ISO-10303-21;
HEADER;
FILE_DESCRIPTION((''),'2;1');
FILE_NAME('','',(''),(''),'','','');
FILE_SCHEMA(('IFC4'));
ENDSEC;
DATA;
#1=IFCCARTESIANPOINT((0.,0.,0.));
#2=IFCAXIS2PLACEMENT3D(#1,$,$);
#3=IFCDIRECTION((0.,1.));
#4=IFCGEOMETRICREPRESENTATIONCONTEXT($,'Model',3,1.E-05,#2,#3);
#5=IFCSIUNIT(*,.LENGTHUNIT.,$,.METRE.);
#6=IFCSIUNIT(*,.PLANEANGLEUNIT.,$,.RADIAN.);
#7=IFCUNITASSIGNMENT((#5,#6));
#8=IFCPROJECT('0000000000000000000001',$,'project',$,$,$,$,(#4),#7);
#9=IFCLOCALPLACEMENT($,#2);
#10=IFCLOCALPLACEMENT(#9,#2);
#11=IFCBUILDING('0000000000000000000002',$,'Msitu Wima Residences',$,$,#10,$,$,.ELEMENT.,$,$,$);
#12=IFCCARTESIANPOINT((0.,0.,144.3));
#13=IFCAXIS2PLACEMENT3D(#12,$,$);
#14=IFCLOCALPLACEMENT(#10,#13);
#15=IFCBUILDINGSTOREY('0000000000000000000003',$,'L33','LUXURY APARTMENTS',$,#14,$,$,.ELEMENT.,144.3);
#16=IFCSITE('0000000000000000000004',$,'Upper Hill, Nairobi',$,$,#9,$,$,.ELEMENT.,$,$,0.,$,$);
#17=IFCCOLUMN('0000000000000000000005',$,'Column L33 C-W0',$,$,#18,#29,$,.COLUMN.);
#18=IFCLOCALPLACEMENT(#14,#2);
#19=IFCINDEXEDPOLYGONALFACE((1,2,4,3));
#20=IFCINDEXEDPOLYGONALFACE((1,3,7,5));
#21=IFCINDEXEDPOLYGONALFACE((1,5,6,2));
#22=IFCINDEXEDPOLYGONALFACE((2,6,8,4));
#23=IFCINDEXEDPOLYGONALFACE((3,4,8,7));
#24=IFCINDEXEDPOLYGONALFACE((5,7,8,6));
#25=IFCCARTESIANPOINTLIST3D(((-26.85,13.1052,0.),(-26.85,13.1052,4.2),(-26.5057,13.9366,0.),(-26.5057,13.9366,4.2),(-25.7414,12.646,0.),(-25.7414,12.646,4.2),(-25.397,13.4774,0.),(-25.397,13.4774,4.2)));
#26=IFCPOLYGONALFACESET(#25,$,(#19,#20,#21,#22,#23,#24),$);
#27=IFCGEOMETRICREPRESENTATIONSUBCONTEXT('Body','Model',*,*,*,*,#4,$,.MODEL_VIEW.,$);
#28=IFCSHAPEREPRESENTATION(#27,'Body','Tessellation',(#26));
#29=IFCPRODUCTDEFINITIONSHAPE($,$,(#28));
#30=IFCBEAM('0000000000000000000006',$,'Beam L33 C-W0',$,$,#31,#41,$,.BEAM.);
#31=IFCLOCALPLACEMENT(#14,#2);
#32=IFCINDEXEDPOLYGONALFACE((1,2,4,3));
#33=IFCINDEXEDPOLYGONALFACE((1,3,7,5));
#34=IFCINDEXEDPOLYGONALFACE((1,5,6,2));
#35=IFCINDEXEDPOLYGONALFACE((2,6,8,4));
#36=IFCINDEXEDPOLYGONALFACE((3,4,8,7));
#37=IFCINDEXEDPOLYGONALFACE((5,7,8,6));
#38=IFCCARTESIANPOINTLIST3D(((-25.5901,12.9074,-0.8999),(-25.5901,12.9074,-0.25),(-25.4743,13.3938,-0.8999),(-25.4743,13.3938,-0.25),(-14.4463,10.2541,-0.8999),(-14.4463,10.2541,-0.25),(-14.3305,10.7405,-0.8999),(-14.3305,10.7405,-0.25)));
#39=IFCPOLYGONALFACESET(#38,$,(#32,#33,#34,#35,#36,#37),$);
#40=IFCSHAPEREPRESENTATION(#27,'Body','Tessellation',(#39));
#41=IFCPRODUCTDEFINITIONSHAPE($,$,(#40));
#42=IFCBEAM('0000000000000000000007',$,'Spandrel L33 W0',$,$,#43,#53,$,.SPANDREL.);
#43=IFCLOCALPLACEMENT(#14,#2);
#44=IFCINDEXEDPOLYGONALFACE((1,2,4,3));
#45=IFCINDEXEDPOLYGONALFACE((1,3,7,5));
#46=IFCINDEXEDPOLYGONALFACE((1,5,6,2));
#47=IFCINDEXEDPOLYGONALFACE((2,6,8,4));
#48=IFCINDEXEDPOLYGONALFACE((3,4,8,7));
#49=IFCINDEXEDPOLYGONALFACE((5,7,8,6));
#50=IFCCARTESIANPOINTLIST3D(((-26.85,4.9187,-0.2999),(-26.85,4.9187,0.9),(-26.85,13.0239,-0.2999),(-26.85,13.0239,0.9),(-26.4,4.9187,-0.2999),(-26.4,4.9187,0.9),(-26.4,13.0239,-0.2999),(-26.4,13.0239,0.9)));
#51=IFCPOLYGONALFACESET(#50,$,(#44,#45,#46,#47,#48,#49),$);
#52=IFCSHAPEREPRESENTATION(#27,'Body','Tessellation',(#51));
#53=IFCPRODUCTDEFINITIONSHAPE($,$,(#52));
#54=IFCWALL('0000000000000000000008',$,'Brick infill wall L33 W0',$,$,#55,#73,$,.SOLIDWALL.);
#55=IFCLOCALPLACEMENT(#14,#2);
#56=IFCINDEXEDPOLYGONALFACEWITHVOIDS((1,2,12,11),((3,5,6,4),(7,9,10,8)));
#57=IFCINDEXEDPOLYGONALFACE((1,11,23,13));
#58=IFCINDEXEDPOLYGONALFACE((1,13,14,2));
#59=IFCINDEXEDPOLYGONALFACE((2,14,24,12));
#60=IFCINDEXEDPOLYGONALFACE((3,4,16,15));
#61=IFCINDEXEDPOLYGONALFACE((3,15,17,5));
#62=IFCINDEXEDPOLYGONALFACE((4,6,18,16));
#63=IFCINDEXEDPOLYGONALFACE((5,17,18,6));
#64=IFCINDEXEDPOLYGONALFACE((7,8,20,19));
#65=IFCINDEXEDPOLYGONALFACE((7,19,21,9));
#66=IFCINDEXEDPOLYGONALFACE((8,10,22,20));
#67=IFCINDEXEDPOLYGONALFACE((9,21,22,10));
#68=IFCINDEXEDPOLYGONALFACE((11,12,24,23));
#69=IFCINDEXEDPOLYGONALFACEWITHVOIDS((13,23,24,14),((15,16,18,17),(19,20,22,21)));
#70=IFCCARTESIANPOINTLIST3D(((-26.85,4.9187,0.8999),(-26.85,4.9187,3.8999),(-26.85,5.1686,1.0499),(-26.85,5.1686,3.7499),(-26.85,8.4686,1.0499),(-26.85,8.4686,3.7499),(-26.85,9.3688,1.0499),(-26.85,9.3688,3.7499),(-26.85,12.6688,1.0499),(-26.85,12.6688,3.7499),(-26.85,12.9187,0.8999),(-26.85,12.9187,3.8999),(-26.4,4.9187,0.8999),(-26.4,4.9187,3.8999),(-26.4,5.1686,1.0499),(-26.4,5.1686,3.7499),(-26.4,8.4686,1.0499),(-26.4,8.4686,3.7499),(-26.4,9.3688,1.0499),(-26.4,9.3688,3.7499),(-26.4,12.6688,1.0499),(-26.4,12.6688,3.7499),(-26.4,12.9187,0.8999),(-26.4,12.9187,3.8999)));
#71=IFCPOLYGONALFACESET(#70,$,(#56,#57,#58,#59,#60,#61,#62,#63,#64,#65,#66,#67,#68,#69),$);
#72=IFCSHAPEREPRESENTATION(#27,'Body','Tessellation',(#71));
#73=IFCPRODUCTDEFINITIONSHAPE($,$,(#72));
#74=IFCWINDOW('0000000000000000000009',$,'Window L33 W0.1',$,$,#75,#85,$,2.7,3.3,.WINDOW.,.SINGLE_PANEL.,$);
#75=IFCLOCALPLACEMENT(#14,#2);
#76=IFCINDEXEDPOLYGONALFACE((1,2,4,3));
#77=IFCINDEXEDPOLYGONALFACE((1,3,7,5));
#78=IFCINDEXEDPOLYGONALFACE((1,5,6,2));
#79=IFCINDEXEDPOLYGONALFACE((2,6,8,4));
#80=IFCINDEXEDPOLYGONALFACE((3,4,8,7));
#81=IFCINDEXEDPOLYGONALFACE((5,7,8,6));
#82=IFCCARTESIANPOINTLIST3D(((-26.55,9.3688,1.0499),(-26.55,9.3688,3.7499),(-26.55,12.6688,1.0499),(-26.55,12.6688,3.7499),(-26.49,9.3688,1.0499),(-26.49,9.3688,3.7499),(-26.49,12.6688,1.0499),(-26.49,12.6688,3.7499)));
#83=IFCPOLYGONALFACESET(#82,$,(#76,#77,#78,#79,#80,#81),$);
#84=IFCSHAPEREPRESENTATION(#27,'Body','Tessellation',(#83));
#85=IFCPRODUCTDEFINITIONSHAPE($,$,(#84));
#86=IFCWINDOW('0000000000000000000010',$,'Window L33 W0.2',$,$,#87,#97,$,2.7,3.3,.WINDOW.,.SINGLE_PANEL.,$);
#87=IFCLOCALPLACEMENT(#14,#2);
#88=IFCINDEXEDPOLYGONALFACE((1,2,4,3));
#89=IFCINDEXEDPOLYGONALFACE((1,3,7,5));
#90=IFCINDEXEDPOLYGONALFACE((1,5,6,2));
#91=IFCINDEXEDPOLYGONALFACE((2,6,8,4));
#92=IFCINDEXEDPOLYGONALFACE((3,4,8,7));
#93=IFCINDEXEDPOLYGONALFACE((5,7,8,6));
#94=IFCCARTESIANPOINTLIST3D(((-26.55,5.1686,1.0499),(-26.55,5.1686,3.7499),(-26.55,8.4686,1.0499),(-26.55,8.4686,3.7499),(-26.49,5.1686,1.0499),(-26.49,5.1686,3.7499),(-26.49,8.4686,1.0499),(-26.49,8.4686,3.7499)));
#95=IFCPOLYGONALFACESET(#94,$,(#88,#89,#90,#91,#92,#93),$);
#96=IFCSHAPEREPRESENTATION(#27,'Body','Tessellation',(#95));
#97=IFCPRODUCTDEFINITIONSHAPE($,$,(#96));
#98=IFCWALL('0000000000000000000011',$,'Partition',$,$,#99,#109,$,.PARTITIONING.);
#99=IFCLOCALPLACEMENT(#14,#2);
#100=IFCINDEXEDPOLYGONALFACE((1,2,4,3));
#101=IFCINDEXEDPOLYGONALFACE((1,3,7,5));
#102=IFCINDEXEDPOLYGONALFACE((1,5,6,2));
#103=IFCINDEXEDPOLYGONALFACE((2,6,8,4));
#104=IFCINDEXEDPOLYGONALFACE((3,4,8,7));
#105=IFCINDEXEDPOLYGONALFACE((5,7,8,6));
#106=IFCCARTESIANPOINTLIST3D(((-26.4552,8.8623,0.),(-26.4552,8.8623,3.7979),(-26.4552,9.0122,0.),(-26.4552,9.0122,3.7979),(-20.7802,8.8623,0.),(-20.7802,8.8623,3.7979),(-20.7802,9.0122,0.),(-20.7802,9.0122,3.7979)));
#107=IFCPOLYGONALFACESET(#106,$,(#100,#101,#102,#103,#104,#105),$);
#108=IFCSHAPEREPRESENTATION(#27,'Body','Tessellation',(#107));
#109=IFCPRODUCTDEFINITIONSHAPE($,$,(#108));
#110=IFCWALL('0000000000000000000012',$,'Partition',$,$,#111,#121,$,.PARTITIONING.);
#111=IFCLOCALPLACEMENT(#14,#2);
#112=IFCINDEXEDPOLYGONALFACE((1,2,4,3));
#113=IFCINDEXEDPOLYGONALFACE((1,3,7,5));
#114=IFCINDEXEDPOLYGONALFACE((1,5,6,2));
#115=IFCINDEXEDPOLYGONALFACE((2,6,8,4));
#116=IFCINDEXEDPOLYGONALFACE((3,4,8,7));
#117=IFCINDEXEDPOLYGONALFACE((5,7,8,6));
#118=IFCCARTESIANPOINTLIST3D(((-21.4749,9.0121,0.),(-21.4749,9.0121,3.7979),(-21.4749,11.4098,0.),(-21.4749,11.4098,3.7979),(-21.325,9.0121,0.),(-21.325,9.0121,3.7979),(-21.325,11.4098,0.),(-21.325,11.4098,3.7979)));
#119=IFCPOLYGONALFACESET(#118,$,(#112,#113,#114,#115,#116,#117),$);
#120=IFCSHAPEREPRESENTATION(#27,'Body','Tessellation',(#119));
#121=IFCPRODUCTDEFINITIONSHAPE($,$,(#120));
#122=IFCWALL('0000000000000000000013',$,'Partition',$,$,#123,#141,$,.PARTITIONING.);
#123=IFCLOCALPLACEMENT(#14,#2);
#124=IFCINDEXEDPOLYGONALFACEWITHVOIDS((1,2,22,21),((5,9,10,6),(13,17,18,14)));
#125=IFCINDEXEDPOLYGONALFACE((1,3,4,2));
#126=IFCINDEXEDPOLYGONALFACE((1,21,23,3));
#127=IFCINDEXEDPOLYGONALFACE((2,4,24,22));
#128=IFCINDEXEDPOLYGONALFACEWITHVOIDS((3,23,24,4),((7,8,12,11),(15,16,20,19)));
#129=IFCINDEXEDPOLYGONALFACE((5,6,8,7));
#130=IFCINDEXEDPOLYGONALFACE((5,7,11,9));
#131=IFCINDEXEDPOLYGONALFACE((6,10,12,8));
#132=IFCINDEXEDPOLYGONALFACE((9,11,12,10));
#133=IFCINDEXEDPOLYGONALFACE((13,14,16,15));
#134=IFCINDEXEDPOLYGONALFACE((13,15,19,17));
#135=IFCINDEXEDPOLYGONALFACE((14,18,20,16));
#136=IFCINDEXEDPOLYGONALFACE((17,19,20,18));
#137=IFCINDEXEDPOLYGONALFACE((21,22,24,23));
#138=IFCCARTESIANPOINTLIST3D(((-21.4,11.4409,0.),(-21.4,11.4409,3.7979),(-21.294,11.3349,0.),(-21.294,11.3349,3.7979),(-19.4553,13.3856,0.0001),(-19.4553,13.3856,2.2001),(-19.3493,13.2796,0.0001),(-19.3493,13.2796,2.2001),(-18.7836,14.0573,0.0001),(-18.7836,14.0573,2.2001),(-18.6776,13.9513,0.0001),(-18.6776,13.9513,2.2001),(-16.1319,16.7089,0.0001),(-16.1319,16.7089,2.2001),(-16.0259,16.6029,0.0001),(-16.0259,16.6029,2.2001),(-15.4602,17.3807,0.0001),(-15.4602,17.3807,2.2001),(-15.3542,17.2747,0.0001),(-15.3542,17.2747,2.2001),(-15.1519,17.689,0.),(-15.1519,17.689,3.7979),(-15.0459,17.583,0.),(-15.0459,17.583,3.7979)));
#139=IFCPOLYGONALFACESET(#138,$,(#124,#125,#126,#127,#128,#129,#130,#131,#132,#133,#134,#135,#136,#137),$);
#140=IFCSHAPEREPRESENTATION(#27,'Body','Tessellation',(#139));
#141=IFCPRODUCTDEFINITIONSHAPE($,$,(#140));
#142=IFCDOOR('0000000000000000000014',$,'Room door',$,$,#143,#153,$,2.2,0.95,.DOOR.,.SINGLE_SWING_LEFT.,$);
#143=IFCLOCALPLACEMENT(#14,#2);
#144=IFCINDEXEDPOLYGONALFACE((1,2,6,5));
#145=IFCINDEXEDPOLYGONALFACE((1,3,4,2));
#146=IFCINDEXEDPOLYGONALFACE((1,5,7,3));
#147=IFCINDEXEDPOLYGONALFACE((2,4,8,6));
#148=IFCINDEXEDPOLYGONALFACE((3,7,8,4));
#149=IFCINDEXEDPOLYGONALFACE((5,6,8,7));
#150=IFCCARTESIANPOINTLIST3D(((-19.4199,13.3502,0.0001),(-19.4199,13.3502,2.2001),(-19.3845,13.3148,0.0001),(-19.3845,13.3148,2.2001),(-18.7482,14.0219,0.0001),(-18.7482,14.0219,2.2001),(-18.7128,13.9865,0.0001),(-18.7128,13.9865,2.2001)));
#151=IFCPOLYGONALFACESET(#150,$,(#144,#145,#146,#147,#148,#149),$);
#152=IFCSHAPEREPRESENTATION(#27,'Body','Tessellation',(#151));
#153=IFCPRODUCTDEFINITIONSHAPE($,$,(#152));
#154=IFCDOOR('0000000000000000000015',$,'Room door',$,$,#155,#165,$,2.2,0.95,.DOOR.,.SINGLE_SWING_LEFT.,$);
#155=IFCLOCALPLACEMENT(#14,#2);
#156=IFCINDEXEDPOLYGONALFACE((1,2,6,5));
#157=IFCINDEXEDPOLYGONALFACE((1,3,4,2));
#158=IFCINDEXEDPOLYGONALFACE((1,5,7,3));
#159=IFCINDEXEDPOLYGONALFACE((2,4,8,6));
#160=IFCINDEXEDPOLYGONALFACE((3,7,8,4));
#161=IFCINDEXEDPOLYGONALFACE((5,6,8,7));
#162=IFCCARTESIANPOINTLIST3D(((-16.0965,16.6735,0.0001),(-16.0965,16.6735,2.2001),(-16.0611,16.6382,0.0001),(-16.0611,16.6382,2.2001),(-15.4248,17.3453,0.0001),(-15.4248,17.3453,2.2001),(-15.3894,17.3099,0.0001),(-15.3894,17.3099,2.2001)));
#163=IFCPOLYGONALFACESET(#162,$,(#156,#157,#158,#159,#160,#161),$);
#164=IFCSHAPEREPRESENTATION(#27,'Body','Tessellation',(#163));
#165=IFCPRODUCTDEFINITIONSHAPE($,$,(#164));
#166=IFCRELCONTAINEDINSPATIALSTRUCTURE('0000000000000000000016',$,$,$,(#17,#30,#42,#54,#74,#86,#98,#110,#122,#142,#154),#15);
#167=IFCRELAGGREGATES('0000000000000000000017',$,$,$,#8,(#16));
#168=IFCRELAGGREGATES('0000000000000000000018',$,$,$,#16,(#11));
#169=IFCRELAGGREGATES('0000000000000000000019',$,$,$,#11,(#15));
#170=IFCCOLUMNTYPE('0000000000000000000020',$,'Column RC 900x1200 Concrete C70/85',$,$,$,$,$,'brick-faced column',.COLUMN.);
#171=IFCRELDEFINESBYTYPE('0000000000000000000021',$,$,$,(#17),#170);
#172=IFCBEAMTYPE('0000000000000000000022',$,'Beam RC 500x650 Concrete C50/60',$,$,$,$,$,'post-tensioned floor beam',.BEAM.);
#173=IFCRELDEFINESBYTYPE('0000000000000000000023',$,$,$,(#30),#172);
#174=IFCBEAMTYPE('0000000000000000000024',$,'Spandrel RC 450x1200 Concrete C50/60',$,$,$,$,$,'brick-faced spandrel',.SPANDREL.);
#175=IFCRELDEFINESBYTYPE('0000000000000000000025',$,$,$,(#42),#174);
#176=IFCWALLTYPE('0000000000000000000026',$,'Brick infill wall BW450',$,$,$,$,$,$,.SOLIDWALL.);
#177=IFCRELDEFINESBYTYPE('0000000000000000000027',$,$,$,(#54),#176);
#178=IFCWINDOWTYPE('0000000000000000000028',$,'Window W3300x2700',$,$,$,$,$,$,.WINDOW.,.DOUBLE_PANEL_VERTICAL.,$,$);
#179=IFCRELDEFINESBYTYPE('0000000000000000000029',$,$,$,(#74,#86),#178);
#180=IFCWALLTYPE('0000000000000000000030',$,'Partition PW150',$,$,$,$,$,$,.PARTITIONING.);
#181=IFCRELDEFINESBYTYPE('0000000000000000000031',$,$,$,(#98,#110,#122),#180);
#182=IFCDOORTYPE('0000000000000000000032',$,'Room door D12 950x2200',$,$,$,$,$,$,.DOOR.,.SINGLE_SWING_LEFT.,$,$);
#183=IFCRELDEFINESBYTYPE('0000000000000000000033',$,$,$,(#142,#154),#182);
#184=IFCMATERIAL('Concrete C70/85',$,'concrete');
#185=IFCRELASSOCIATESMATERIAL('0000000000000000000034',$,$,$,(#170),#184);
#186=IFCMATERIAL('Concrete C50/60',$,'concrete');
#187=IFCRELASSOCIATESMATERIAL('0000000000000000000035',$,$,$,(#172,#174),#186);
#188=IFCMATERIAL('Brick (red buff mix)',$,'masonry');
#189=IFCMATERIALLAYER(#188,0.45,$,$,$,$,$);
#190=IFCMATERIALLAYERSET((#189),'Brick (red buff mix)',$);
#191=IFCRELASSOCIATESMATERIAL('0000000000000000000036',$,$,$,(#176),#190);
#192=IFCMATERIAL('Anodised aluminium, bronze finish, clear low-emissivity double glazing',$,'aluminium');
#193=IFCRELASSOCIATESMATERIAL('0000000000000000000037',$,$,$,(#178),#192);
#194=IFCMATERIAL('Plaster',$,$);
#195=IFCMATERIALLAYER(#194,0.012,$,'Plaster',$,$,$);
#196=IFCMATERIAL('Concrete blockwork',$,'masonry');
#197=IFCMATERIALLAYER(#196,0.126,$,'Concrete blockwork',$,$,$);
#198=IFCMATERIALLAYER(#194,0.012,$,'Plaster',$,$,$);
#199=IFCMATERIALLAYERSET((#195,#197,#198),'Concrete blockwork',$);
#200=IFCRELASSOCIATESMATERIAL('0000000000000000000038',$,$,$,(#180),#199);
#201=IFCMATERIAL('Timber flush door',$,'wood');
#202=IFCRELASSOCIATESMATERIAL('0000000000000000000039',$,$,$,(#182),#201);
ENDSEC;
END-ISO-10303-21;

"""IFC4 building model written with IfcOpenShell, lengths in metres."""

from ifc_helpers import new_model, si_unit, direction, frame, frame_2d, origin, origin_2d, place, context, subcontext, project, spatial, rectangle, extrude, material, layer, layer_set, material_profile, profile_set, type_object, element, fill, save


model = new_model("IFC4")

# Units and contexts
model_context = context("Model", 3, precision=1e-05, world=origin(), true_north=direction((0.0, 1.0)))
body_context = subcontext(model_context, "Body", "Model", "MODEL_VIEW")
ifc_project = project(units=[si_unit("LENGTHUNIT", "METRE"), si_unit("PLANEANGLEUNIT", "RADIAN")], contexts=[model_context])

# Site, building, storey
site_placement = place(None, origin())
site = spatial("IfcSite", under=ifc_project, at=site_placement, Name="Upper Hill, Nairobi", CompositionType="ELEMENT", RefElevation=0.0)
building_placement = place(site_placement, origin())
building = spatial("IfcBuilding", under=site, at=building_placement, Name="Msitu Wima Residences", CompositionType="ELEMENT")
storey_placement = place(building_placement, frame((0.0, 0.0, 144.3)))
storey = spatial("IfcBuildingStorey", under=building, at=storey_placement, Name="L33", Description="LUXURY APARTMENTS", CompositionType="ELEMENT", Elevation=144.3)

# Column
ifc_material_1 = material(Name="Concrete C70/85", Category="concrete")
ifc_material_profile_1 = material_profile(ifc_material_1, rectangle(XDim=0.8999, YDim=1.2, at=origin_2d()), Name="RC 900x1200")
ifc_profile_set_1 = profile_set([ifc_material_profile_1], Name="Concrete C70/85")
column_type = type_object("IfcColumnType", Name="Column RC 900x1200 Concrete C70/85", ElementType="brick-faced column", PredefinedType="COLUMN", material=ifc_profile_set_1)
column_placement = place(storey_placement, frame((-26.1235, 13.2913, 0.0), z_axis=(0.0, 0.0, 1.0), x_axis=(-0.382683, -0.92388, 0.0)))
element("IfcColumn", 1, at=column_placement, inside=storey, type_object=column_type, Name="Column L33 C-W0", PredefinedType="COLUMN", context=body_context, shape_type="SweptSolid", body=[
    extrude(rectangle(XDim=0.8999, YDim=1.2, at=origin_2d()), origin(), (0.0, 0.0, 1.0), 4.2),
])

# Beams
ifc_material_2 = material(Name="Concrete C50/60", Category="concrete")
ifc_material_profile_2 = material_profile(ifc_material_2, rectangle(XDim=0.5, YDim=0.6499, at=origin_2d()), Name="RC 500x650")
ifc_profile_set_2 = profile_set([ifc_material_profile_2], Name="Concrete C50/60")
beam_type_1 = type_object("IfcBeamType", Name="Beam RC 500x650 Concrete C50/60", ElementType="post-tensioned floor beam", PredefinedType="BEAM", material=ifc_profile_set_2)
beam_1_placement = place(storey_placement, frame((-25.5322, 13.1506, -0.575), z_axis=(0.972806, -0.231623, 0.0), x_axis=(0.231623, 0.972806, 0.0)))
element("IfcBeam", 2, at=beam_1_placement, inside=storey, type_object=beam_type_1, Name="Beam L33 C-W0", PredefinedType="BEAM", context=body_context, shape_type="SweptSolid", body=[
    extrude(rectangle(XDim=0.5, YDim=0.6499, at=origin_2d()), origin(), (0.0, 0.0, 1.0), 11.4553),
])
ifc_material_profile_3 = material_profile(ifc_material_2, rectangle(XDim=0.45, YDim=1.2, at=origin_2d()), Name="RC 450x1200")
ifc_profile_set_3 = profile_set([ifc_material_profile_3], Name="Concrete C50/60")
beam_type_2 = type_object("IfcBeamType", Name="Spandrel RC 450x1200 Concrete C50/60", ElementType="brick-faced spandrel", PredefinedType="SPANDREL", material=ifc_profile_set_3)
beam_2_placement = place(storey_placement, frame((-26.625, 13.0239, 0.3), z_axis=(0.0, -1.0, 0.0), x_axis=(1.0, 0.0, 0.0)))
element("IfcBeam", 3, at=beam_2_placement, inside=storey, type_object=beam_type_2, Name="Spandrel L33 W0", PredefinedType="SPANDREL", context=body_context, shape_type="SweptSolid", body=[
    extrude(rectangle(XDim=0.45, YDim=1.2, at=origin_2d()), origin(), (0.0, 0.0, 1.0), 8.1052),
])

# Wall, openings, windows
ifc_material_3 = material(Name="Brick (red buff mix)", Category="masonry")
ifc_layer_1 = layer(ifc_material_3, 0.45)
ifc_layer_set_1 = layer_set([ifc_layer_1], Name="Brick (red buff mix)")
wall_type_1 = type_object("IfcWallType", Name="Brick infill wall BW450", PredefinedType="SOLIDWALL", material=ifc_layer_set_1)
wall_1_placement = place(storey_placement, frame((-26.625, 12.9187, 0.8999), z_axis=(0.0, 0.0, 1.0), x_axis=(0.0, -1.0, 0.0)))
wall_1 = element("IfcWall", 4, at=wall_1_placement, inside=storey, type_object=wall_type_1, Name="Brick infill wall L33 W0", PredefinedType="SOLIDWALL", context=body_context, shape_type="SweptSolid", body=[
    extrude(rectangle(XDim=8.0, YDim=0.45, at=frame_2d((4.0, 0.0))), origin(), (0.0, 0.0, 1.0), 3.0),
])
opening_1_placement = place(wall_1_placement, frame((0.25, 0.0, 0.1499)))
opening_1 = element("IfcOpeningElement", 5, at=opening_1_placement, cuts=wall_1, PredefinedType="OPENING", context=body_context, shape_type="SweptSolid", body=[
    extrude(rectangle(XDim=3.3, YDim=2.7, at=frame_2d((1.6499, 1.3501))), frame((0.0, 0.2349, 0.0), z_axis=(0.0, -1.0, 0.0), x_axis=(1.0, 0.0, 0.0)), (0.0, 0.0, 1.0), 0.47),
])
opening_2_placement = place(wall_1_placement, frame((4.4502, 0.0, 0.1499)))
opening_2 = element("IfcOpeningElement", 6, at=opening_2_placement, cuts=wall_1, PredefinedType="OPENING", context=body_context, shape_type="SweptSolid", body=[
    extrude(rectangle(XDim=3.3, YDim=2.7, at=frame_2d((1.6499, 1.3501))), frame((0.0, 0.2349, 0.0), z_axis=(0.0, -1.0, 0.0), x_axis=(1.0, 0.0, 0.0)), (0.0, 0.0, 1.0), 0.47),
])
ifc_material_4 = material(Name="Anodised aluminium, bronze finish, clear low-emissivity double glazing", Category="aluminium")
window_type = type_object("IfcWindowType", Name="Window W3300x2700", PartitioningType="DOUBLE_PANEL_VERTICAL", PredefinedType="WINDOW", material=ifc_material_4)
window_1_placement = place(opening_1_placement, origin())
window_1 = element("IfcWindow", 7, at=window_1_placement, inside=storey, type_object=window_type, Name="Window L33 W0.1", OverallHeight=2.7, OverallWidth=3.3, PartitioningType="SINGLE_PANEL", PredefinedType="WINDOW", context=body_context, shape_type="SweptSolid", body=[
    extrude(rectangle(XDim=3.3, YDim=2.7, at=frame_2d((1.6499, 1.3501))), frame((0.0, 0.135, 0.0), z_axis=(0.0, -1.0, 0.0), x_axis=(1.0, 0.0, 0.0)), (0.0, 0.0, 1.0), 0.0601),
])
fill(opening_1, window_1)
window_2_placement = place(opening_2_placement, origin())
window_2 = element("IfcWindow", 8, at=window_2_placement, inside=storey, type_object=window_type, Name="Window L33 W0.2", OverallHeight=2.7, OverallWidth=3.3, PartitioningType="SINGLE_PANEL", PredefinedType="WINDOW", context=body_context, shape_type="SweptSolid", body=[
    extrude(rectangle(XDim=3.3, YDim=2.7, at=frame_2d((1.6499, 1.3501))), frame((0.0, 0.135, 0.0), z_axis=(0.0, -1.0, 0.0), x_axis=(1.0, 0.0, 0.0)), (0.0, 0.0, 1.0), 0.0601),
])
fill(opening_2, window_2)

# Walls
ifc_material_5 = material(Name="Plaster")
ifc_layer_2 = layer(ifc_material_5, 0.012, Name="Plaster")
ifc_material_6 = material(Name="Concrete blockwork", Category="masonry")
ifc_layer_3 = layer(ifc_material_6, 0.126, Name="Concrete blockwork")
ifc_layer_4 = layer(ifc_material_5, 0.012, Name="Plaster")
ifc_layer_set_2 = layer_set([ifc_layer_2, ifc_layer_3, ifc_layer_4], Name="Concrete blockwork")
wall_type_2 = type_object("IfcWallType", Name="Partition PW150", PredefinedType="PARTITIONING", material=ifc_layer_set_2)
wall_2_placement = place(storey_placement, frame((-26.4551, 8.9373, 0.0), z_axis=(0.0, 0.0, 1.0), x_axis=(1.0, 0.0, 0.0)))
element("IfcWall", 9, at=wall_2_placement, inside=storey, type_object=wall_type_2, Name="Partition", PredefinedType="PARTITIONING", context=body_context, shape_type="SweptSolid", body=[
    extrude(rectangle(XDim=5.675, YDim=0.1499, at=frame_2d((2.8374, 0.0))), origin(), (0.0, 0.0, 1.0), 3.7979),
])
wall_3_placement = place(storey_placement, frame((-21.3999, 9.0122, 0.0), z_axis=(0.0, 0.0, 1.0), x_axis=(0.0, 1.0, 0.0)))
element("IfcWall", 10, at=wall_3_placement, inside=storey, type_object=wall_type_2, Name="Partition", PredefinedType="PARTITIONING", context=body_context, shape_type="SweptSolid", body=[
    extrude(rectangle(XDim=2.3977, YDim=0.1499, at=frame_2d((1.1987, 0.0))), origin(), (0.0, 0.0, 1.0), 3.7979),
])

# Wall, openings, doors
wall_4_placement = place(storey_placement, frame((-21.3469, 11.3879, 0.0), z_axis=(0.0, 0.0, 1.0), x_axis=(0.707107, 0.707107, 0.0)))
wall_4 = element("IfcWall", 11, at=wall_4_placement, inside=storey, type_object=wall_type_2, Name="Partition", PredefinedType="PARTITIONING", context=body_context, shape_type="SweptSolid", body=[
    extrude(rectangle(XDim=8.8362, YDim=0.1499, at=frame_2d((4.418, 0.0))), origin(), (0.0, 0.0, 1.0), 3.7979),
])
opening_3_placement = place(wall_4_placement, frame((2.75, 0.0, 0.0)))
opening_3 = element("IfcOpeningElement", 12, at=opening_3_placement, cuts=wall_4, PredefinedType="OPENING", context=body_context, shape_type="SweptSolid", body=[
    extrude(rectangle(XDim=0.95, YDim=2.2, at=frame_2d((0.4751, 1.1001))), frame((0.0, 0.085, 0.0), z_axis=(0.0, -1.0, 0.0), x_axis=(1.0, 0.0, 0.0)), (0.0, 0.0, 1.0), 0.1699),
])
opening_4_placement = place(wall_4_placement, frame((7.45, 0.0, 0.0)))
opening_4 = element("IfcOpeningElement", 13, at=opening_4_placement, cuts=wall_4, PredefinedType="OPENING", context=body_context, shape_type="SweptSolid", body=[
    extrude(rectangle(XDim=0.95, YDim=2.2, at=frame_2d((0.4751, 1.1001))), frame((0.0, 0.085, 0.0), z_axis=(0.0, -1.0, 0.0), x_axis=(1.0, 0.0, 0.0)), (0.0, 0.0, 1.0), 0.1699),
])
ifc_material_7 = material(Name="Timber flush door", Category="wood")
door_type_1 = type_object("IfcDoorType", Name="Room door D12 950x2200", OperationType="SINGLE_SWING_LEFT", PredefinedType="DOOR", material=ifc_material_7)
door_1_placement = place(opening_3_placement, origin())
door_1 = element("IfcDoor", 14, at=door_1_placement, inside=storey, type_object=door_type_1, Name="Room door", OperationType="SINGLE_SWING_LEFT", OverallHeight=2.2, OverallWidth=0.95, PredefinedType="DOOR", context=body_context, shape_type="SweptSolid", body=[
    extrude(rectangle(XDim=0.95, YDim=2.2, at=frame_2d((0.4751, 1.1001))), frame((0.0, 0.0249, 0.0), z_axis=(0.0, -1.0, 0.0), x_axis=(1.0, 0.0, 0.0)), (0.0, 0.0, 1.0), 0.05),
])
fill(opening_3, door_1)
door_2_placement = place(opening_4_placement, origin())
door_2 = element("IfcDoor", 15, at=door_2_placement, inside=storey, type_object=door_type_1, Name="Room door", OperationType="SINGLE_SWING_LEFT", OverallHeight=2.2, OverallWidth=0.95, PredefinedType="DOOR", context=body_context, shape_type="SweptSolid", body=[
    extrude(rectangle(XDim=0.95, YDim=2.2, at=frame_2d((0.4751, 1.1001))), frame((0.0, 0.0249, 0.0), z_axis=(0.0, -1.0, 0.0), x_axis=(1.0, 0.0, 0.0)), (0.0, 0.0, 1.0), 0.05),
])
fill(opening_4, door_2)

save(model, "model.ifc")
